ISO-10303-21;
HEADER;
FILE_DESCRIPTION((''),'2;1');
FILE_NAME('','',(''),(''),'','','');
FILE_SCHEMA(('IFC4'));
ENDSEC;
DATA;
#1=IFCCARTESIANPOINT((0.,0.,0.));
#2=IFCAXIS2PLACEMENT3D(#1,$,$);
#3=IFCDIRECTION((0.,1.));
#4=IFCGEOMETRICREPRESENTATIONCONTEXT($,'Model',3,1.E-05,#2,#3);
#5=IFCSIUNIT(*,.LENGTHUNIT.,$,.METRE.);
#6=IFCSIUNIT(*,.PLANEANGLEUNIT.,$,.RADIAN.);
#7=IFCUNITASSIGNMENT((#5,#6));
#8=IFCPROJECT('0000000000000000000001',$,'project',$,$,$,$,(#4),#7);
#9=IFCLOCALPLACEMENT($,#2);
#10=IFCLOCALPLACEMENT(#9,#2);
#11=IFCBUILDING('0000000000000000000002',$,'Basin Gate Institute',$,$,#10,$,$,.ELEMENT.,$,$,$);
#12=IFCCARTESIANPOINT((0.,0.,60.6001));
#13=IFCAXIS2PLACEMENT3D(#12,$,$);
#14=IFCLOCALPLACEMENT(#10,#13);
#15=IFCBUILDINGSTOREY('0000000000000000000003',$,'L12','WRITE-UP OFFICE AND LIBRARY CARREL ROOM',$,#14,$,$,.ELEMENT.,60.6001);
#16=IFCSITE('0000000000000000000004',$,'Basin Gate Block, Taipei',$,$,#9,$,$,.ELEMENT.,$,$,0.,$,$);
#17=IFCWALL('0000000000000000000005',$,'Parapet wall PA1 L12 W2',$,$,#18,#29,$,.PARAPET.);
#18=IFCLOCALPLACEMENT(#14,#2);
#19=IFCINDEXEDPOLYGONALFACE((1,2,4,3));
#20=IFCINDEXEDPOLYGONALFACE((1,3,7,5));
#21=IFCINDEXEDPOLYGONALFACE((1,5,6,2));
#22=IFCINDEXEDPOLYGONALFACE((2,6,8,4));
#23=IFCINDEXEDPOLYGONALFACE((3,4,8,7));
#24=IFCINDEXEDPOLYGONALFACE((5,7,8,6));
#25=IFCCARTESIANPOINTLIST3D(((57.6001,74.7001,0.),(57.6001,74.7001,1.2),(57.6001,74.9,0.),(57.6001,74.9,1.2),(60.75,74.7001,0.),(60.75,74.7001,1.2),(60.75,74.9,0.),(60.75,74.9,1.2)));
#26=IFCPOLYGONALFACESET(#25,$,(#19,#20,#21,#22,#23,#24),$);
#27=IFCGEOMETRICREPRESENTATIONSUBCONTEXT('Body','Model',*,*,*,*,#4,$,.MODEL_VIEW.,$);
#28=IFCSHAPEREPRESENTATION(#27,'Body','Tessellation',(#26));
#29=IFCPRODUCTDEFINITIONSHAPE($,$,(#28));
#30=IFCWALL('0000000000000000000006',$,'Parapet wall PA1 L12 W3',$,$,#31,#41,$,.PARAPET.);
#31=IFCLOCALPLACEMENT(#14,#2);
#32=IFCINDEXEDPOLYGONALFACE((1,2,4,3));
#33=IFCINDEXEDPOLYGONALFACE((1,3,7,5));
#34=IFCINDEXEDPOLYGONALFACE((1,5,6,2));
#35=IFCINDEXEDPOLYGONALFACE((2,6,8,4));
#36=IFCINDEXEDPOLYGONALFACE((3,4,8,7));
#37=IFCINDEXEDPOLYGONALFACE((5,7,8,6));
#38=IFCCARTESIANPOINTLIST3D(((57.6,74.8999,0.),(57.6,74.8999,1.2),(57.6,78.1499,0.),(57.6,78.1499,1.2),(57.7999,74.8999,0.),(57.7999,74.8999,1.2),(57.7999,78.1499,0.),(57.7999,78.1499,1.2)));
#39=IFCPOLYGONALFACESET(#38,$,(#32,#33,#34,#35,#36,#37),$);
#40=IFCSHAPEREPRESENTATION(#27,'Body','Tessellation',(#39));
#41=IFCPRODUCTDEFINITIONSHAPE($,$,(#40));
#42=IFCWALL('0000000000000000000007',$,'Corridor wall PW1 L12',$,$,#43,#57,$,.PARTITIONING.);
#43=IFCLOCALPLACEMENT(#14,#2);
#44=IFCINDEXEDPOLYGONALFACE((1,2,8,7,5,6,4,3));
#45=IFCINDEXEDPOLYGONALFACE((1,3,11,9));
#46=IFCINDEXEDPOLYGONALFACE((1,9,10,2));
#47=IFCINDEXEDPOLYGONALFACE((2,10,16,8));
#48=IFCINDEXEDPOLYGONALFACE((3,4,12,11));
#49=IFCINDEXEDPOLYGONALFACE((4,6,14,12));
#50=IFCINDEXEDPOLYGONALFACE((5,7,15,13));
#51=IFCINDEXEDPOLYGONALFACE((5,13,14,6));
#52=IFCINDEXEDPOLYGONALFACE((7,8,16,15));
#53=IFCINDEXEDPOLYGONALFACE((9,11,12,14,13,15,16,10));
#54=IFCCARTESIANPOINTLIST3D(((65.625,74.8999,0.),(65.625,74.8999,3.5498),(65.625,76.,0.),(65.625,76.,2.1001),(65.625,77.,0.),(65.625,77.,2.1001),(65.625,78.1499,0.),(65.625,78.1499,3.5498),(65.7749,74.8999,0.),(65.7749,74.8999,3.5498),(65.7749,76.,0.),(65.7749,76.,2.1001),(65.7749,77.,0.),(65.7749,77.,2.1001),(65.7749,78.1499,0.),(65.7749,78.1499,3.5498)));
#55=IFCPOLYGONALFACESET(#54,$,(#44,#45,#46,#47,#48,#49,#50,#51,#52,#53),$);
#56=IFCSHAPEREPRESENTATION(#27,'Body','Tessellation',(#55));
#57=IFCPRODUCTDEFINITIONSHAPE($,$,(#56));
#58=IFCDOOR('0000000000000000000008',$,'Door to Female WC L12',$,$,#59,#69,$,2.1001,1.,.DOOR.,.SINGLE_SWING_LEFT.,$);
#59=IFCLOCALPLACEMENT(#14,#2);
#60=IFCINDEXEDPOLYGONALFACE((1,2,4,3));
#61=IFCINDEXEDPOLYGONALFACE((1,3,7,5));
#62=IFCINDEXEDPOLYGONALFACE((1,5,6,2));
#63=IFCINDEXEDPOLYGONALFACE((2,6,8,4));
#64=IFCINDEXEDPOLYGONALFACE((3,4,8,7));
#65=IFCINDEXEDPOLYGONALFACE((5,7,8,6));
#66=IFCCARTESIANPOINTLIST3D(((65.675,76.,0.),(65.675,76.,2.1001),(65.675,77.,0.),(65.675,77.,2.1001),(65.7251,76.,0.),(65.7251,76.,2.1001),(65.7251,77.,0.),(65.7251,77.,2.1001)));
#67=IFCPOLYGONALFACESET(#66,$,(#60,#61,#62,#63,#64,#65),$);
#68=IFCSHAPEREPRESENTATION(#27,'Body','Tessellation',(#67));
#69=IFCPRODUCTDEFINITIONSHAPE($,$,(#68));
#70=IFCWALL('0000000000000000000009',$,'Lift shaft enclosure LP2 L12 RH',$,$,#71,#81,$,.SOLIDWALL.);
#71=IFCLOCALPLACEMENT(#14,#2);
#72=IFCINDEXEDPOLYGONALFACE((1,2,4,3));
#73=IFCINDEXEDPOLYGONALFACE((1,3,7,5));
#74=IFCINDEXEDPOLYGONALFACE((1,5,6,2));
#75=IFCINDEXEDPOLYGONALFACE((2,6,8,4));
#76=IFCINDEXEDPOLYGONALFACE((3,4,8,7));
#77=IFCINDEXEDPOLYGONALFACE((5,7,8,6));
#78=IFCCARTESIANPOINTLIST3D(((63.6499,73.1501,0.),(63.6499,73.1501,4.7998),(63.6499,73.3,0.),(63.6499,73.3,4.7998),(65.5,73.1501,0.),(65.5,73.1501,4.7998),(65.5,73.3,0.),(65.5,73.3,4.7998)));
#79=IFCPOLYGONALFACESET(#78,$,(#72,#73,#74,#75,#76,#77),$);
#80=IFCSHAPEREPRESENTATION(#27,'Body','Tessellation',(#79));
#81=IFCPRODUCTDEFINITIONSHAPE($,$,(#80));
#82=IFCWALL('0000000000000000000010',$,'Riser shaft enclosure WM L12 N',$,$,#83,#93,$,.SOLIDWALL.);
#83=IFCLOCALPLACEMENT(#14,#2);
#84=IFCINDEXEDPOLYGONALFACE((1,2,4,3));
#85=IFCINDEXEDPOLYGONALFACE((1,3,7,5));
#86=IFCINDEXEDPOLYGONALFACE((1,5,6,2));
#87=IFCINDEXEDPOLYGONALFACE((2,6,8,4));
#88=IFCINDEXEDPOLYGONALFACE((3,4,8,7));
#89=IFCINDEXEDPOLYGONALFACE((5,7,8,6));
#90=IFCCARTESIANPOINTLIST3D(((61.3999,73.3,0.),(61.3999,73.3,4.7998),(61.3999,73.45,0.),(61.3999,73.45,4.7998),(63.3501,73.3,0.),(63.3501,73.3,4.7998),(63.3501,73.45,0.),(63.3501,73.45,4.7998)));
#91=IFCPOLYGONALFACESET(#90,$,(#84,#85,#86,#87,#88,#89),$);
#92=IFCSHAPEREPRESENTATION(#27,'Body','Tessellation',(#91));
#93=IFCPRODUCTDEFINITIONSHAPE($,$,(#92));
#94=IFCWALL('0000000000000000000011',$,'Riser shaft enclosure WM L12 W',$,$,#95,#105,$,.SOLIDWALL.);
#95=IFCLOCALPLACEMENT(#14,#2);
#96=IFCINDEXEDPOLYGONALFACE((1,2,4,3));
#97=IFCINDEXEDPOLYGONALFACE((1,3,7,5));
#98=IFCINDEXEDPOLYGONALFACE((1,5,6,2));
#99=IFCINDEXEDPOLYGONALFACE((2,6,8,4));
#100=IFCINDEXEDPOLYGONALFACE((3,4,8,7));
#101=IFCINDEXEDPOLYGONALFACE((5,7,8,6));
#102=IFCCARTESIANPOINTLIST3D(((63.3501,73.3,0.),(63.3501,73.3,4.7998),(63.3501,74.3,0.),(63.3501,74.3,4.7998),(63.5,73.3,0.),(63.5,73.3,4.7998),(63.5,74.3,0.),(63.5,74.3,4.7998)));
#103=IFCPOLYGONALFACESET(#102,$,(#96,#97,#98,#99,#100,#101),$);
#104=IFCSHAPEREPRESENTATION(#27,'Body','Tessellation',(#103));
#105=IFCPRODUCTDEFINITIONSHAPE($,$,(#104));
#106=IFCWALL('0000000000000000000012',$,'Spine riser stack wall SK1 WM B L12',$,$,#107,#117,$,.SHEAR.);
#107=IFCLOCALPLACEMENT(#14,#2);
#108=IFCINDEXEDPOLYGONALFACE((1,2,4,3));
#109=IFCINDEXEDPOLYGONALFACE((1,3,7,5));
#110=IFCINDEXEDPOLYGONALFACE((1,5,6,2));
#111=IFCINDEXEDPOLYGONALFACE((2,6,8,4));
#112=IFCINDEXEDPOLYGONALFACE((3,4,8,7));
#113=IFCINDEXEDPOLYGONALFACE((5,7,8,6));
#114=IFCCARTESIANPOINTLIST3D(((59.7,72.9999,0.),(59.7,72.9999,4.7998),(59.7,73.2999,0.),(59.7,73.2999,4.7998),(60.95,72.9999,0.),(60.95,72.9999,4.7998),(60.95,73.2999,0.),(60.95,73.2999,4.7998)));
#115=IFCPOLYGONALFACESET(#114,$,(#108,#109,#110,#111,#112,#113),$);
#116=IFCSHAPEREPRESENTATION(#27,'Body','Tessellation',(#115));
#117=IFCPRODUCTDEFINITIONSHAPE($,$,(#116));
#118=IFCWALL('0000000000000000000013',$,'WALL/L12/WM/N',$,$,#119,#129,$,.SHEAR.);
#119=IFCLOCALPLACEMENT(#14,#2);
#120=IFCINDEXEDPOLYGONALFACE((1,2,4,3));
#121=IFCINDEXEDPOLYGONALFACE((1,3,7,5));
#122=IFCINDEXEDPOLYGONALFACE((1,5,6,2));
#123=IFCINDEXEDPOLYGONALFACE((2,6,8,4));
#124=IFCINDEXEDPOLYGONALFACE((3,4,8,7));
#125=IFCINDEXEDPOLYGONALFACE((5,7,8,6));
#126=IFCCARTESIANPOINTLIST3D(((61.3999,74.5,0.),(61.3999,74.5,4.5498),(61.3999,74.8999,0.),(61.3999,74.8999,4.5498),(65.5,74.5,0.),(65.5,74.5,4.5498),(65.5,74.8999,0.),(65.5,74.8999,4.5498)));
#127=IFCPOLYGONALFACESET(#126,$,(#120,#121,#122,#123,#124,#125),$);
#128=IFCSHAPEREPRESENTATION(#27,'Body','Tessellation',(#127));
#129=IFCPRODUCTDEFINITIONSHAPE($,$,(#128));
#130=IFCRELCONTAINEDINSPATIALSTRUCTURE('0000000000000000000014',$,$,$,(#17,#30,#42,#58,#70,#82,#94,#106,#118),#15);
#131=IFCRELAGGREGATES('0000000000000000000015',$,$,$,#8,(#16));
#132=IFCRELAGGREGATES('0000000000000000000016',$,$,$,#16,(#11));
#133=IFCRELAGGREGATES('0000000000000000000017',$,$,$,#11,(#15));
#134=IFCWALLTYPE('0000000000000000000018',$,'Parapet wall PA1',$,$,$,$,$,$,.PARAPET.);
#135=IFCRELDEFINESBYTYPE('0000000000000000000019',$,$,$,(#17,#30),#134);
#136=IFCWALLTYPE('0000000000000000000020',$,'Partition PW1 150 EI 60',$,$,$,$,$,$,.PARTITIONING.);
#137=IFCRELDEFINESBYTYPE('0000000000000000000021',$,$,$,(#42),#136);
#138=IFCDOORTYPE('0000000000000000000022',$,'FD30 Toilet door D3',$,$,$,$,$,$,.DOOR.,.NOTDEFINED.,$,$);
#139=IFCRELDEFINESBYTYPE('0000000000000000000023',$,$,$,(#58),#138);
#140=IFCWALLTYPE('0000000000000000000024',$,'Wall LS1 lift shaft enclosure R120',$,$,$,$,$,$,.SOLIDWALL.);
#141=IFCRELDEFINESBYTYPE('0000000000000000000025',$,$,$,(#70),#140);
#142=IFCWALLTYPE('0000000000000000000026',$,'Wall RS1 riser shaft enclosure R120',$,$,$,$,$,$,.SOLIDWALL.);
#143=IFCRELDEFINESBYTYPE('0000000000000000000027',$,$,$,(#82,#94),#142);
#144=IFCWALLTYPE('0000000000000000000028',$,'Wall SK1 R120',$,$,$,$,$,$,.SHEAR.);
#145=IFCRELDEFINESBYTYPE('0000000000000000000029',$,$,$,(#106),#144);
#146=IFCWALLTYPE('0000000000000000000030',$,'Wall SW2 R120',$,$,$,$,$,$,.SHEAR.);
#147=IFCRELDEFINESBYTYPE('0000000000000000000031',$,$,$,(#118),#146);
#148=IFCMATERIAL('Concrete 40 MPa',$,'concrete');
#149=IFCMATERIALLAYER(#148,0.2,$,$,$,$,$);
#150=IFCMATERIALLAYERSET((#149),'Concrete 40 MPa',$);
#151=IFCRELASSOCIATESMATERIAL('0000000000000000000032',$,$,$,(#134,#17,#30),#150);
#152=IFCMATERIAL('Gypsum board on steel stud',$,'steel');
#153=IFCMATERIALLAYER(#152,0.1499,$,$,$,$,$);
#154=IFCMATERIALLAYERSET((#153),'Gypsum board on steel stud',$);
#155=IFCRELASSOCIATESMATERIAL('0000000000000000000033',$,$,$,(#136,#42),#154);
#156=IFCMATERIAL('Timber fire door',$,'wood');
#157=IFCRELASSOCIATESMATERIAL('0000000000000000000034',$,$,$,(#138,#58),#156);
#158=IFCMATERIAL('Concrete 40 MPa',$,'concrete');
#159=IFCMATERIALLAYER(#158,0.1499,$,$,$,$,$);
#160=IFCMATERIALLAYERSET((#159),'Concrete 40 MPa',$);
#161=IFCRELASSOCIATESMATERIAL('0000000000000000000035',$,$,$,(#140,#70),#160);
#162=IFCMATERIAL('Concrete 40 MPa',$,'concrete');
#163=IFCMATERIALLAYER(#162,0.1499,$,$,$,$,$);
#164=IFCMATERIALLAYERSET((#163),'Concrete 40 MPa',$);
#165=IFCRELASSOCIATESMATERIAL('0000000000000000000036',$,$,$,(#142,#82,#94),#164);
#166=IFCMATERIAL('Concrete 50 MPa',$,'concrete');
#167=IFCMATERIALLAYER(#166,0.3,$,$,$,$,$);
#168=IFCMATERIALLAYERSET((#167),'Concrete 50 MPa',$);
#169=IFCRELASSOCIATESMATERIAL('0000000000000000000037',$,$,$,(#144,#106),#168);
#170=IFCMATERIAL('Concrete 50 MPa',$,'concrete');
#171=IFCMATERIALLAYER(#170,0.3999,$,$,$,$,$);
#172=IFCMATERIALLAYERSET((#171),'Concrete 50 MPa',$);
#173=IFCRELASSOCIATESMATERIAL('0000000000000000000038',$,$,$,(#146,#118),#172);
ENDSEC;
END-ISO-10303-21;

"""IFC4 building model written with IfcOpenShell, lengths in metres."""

from ifc_helpers import new_model, si_unit, direction, frame, frame_2d, origin, place, context, subcontext, project, spatial, rectangle, extrude, material, layer, layer_set, type_object, element, fill, save


model = new_model("IFC4")

# Units and contexts
model_context = context("Model", 3, precision=1e-05, world=origin(), true_north=direction((0.0, 1.0)))
body_context = subcontext(model_context, "Body", "Model", "MODEL_VIEW")
ifc_project = project(units=[si_unit("LENGTHUNIT", "METRE"), si_unit("PLANEANGLEUNIT", "RADIAN")], contexts=[model_context])

# Site, building, storey
site_placement = place(None, origin())
site = spatial("IfcSite", under=ifc_project, at=site_placement, Name="Basin Gate Block, Taipei", CompositionType="ELEMENT", RefElevation=0.0)
building_placement = place(site_placement, origin())
building = spatial("IfcBuilding", under=site, at=building_placement, Name="Basin Gate Institute", CompositionType="ELEMENT")
storey_placement = place(building_placement, frame((0.0, 0.0, 60.6001)))
storey = spatial("IfcBuildingStorey", under=building, at=storey_placement, Name="L12", Description="WRITE-UP OFFICE AND LIBRARY CARREL ROOM", CompositionType="ELEMENT", Elevation=60.6001)

# Walls
ifc_material_1 = material(Name="Concrete 40 MPa", Category="concrete")
ifc_layer_1 = layer(ifc_material_1, 0.2)
ifc_layer_set_1 = layer_set([ifc_layer_1], Name="Concrete 40 MPa")
wall_type_1 = type_object("IfcWallType", Name="Parapet wall PA1", PredefinedType="PARAPET", material=ifc_layer_set_1)
wall_1_placement = place(storey_placement, frame((60.75, 74.8, 0.0), z_axis=(0.0, 0.0, 1.0), x_axis=(-1.0, 0.0, 0.0)))
element("IfcWall", 1, at=wall_1_placement, inside=storey, type_object=wall_type_1, material=ifc_layer_set_1, Name="Parapet wall PA1 L12 W2", PredefinedType="PARAPET", context=body_context, shape_type="SweptSolid", body=[
    extrude(rectangle(XDim=3.1499, YDim=0.2, at=frame_2d((1.575, 0.0))), origin(), (0.0, 0.0, 1.0), 1.2),
])
wall_2_placement = place(storey_placement, frame((57.7, 74.8999, 0.0), z_axis=(0.0, 0.0, 1.0), x_axis=(0.0, 1.0, 0.0)))
element("IfcWall", 2, at=wall_2_placement, inside=storey, type_object=wall_type_1, material=ifc_layer_set_1, Name="Parapet wall PA1 L12 W3", PredefinedType="PARAPET", context=body_context, shape_type="SweptSolid", body=[
    extrude(rectangle(XDim=3.25, YDim=0.2, at=frame_2d((1.625, 0.0))), origin(), (0.0, 0.0, 1.0), 1.2),
])

# Wall, opening, door
ifc_material_2 = material(Name="Gypsum board on steel stud", Category="steel")
ifc_layer_2 = layer(ifc_material_2, 0.1499)
ifc_layer_set_2 = layer_set([ifc_layer_2], Name="Gypsum board on steel stud")
wall_type_2 = type_object("IfcWallType", Name="Partition PW1 150 EI 60", PredefinedType="PARTITIONING", material=ifc_layer_set_2)
wall_3_placement = place(storey_placement, frame((65.7, 74.8999, 0.0), z_axis=(0.0, 0.0, 1.0), x_axis=(0.0, 1.0, 0.0)))
wall_3 = element("IfcWall", 3, at=wall_3_placement, inside=storey, type_object=wall_type_2, material=ifc_layer_set_2, Name="Corridor wall PW1 L12", PredefinedType="PARTITIONING", context=body_context, shape_type="SweptSolid", body=[
    extrude(rectangle(XDim=3.25, YDim=0.1499, at=frame_2d((1.625, 0.0))), origin(), (0.0, 0.0, 1.0), 3.5498),
])
opening_1_placement = place(wall_3_placement, frame((1.1001, 0.0, 0.0)))
opening_1 = element("IfcOpeningElement", 4, at=opening_1_placement, cuts=wall_3, PredefinedType="OPENING", context=body_context, shape_type="SweptSolid", body=[
    extrude(rectangle(XDim=1.0, YDim=2.1001, at=frame_2d((0.5, 1.05))), frame((0.0, 0.085, 0.0), z_axis=(0.0, -1.0, 0.0), x_axis=(1.0, 0.0, 0.0)), (0.0, 0.0, 1.0), 0.1699),
])
ifc_material_3 = material(Name="Timber fire door", Category="wood")
door_type = type_object("IfcDoorType", Name="FD30 Toilet door D3", OperationType="NOTDEFINED", PredefinedType="DOOR", material=ifc_material_3)
door_placement = place(opening_1_placement, origin())
door = element("IfcDoor", 5, at=door_placement, inside=storey, type_object=door_type, material=ifc_material_3, Name="Door to Female WC L12", OperationType="SINGLE_SWING_LEFT", OverallHeight=2.1001, OverallWidth=1.0, PredefinedType="DOOR", context=body_context, shape_type="SweptSolid", body=[
    extrude(rectangle(XDim=1.0, YDim=2.1001, at=frame_2d((0.5, 1.05))), frame((0.0, 0.0249, 0.0), z_axis=(0.0, -1.0, 0.0), x_axis=(1.0, 0.0, 0.0)), (0.0, 0.0, 1.0), 0.05),
])
fill(opening_1, door)

# Walls
ifc_material_4 = material(Name="Concrete 40 MPa", Category="concrete")
ifc_layer_3 = layer(ifc_material_4, 0.1499)
ifc_layer_set_3 = layer_set([ifc_layer_3], Name="Concrete 40 MPa")
wall_type_3 = type_object("IfcWallType", Name="Wall LS1 lift shaft enclosure R120", PredefinedType="SOLIDWALL", material=ifc_layer_set_3)
wall_4_placement = place(storey_placement, frame((63.6499, 73.2251, 0.0), z_axis=(0.0, 0.0, 1.0), x_axis=(1.0, 0.0, 0.0)))
element("IfcWall", 6, at=wall_4_placement, inside=storey, type_object=wall_type_3, material=ifc_layer_set_3, Name="Lift shaft enclosure LP2 L12 RH", PredefinedType="SOLIDWALL", context=body_context, shape_type="SweptSolid", body=[
    extrude(rectangle(XDim=1.8501, YDim=0.1499, at=frame_2d((0.925, 0.0))), origin(), (0.0, 0.0, 1.0), 4.7998),
])
ifc_material_5 = material(Name="Concrete 40 MPa", Category="concrete")
ifc_layer_4 = layer(ifc_material_5, 0.1499)
ifc_layer_set_4 = layer_set([ifc_layer_4], Name="Concrete 40 MPa")
wall_type_4 = type_object("IfcWallType", Name="Wall RS1 riser shaft enclosure R120", PredefinedType="SOLIDWALL", material=ifc_layer_set_4)
wall_5_placement = place(storey_placement, frame((61.3999, 73.375, 0.0), z_axis=(0.0, 0.0, 1.0), x_axis=(1.0, 0.0, 0.0)))
element("IfcWall", 7, at=wall_5_placement, inside=storey, type_object=wall_type_4, material=ifc_layer_set_4, Name="Riser shaft enclosure WM L12 N", PredefinedType="SOLIDWALL", context=body_context, shape_type="SweptSolid", body=[
    extrude(rectangle(XDim=1.9502, YDim=0.1499, at=frame_2d((0.9751, 0.0))), origin(), (0.0, 0.0, 1.0), 4.7998),
])
wall_6_placement = place(storey_placement, frame((63.425, 73.3, 0.0), z_axis=(0.0, 0.0, 1.0), x_axis=(0.0, 1.0, 0.0)))
element("IfcWall", 8, at=wall_6_placement, inside=storey, type_object=wall_type_4, material=ifc_layer_set_4, Name="Riser shaft enclosure WM L12 W", PredefinedType="SOLIDWALL", context=body_context, shape_type="SweptSolid", body=[
    extrude(rectangle(XDim=1.0, YDim=0.1499, at=frame_2d((0.5, 0.0))), origin(), (0.0, 0.0, 1.0), 4.7998),
])
ifc_material_6 = material(Name="Concrete 50 MPa", Category="concrete")
ifc_layer_5 = layer(ifc_material_6, 0.3)
ifc_layer_set_5 = layer_set([ifc_layer_5], Name="Concrete 50 MPa")
wall_type_5 = type_object("IfcWallType", Name="Wall SK1 R120", PredefinedType="SHEAR", material=ifc_layer_set_5)
wall_7_placement = place(storey_placement, frame((60.95, 73.1499, 0.0), z_axis=(0.0, 0.0, 1.0), x_axis=(-1.0, 0.0, 0.0)))
element("IfcWall", 9, at=wall_7_placement, inside=storey, type_object=wall_type_5, material=ifc_layer_set_5, Name="Spine riser stack wall SK1 WM B L12", PredefinedType="SHEAR", context=body_context, shape_type="SweptSolid", body=[
    extrude(rectangle(XDim=1.25, YDim=0.3, at=frame_2d((0.625, 0.0))), origin(), (0.0, 0.0, 1.0), 4.7998),
])
ifc_material_7 = material(Name="Concrete 50 MPa", Category="concrete")
ifc_layer_6 = layer(ifc_material_7, 0.3999)
ifc_layer_set_6 = layer_set([ifc_layer_6], Name="Concrete 50 MPa")
wall_type_6 = type_object("IfcWallType", Name="Wall SW2 R120", PredefinedType="SHEAR", material=ifc_layer_set_6)
wall_8_placement = place(storey_placement, frame((61.3999, 74.7, 0.0), z_axis=(0.0, 0.0, 1.0), x_axis=(1.0, 0.0, 0.0)))
element("IfcWall", 10, at=wall_8_placement, inside=storey, type_object=wall_type_6, material=ifc_layer_set_6, Name="WALL/L12/WM/N", PredefinedType="SHEAR", context=body_context, shape_type="SweptSolid", body=[
    extrude(rectangle(XDim=4.1001, YDim=0.3999, at=frame_2d((2.05, 0.0))), origin(), (0.0, 0.0, 1.0), 4.5498),
])

save(model, "model.ifc")
